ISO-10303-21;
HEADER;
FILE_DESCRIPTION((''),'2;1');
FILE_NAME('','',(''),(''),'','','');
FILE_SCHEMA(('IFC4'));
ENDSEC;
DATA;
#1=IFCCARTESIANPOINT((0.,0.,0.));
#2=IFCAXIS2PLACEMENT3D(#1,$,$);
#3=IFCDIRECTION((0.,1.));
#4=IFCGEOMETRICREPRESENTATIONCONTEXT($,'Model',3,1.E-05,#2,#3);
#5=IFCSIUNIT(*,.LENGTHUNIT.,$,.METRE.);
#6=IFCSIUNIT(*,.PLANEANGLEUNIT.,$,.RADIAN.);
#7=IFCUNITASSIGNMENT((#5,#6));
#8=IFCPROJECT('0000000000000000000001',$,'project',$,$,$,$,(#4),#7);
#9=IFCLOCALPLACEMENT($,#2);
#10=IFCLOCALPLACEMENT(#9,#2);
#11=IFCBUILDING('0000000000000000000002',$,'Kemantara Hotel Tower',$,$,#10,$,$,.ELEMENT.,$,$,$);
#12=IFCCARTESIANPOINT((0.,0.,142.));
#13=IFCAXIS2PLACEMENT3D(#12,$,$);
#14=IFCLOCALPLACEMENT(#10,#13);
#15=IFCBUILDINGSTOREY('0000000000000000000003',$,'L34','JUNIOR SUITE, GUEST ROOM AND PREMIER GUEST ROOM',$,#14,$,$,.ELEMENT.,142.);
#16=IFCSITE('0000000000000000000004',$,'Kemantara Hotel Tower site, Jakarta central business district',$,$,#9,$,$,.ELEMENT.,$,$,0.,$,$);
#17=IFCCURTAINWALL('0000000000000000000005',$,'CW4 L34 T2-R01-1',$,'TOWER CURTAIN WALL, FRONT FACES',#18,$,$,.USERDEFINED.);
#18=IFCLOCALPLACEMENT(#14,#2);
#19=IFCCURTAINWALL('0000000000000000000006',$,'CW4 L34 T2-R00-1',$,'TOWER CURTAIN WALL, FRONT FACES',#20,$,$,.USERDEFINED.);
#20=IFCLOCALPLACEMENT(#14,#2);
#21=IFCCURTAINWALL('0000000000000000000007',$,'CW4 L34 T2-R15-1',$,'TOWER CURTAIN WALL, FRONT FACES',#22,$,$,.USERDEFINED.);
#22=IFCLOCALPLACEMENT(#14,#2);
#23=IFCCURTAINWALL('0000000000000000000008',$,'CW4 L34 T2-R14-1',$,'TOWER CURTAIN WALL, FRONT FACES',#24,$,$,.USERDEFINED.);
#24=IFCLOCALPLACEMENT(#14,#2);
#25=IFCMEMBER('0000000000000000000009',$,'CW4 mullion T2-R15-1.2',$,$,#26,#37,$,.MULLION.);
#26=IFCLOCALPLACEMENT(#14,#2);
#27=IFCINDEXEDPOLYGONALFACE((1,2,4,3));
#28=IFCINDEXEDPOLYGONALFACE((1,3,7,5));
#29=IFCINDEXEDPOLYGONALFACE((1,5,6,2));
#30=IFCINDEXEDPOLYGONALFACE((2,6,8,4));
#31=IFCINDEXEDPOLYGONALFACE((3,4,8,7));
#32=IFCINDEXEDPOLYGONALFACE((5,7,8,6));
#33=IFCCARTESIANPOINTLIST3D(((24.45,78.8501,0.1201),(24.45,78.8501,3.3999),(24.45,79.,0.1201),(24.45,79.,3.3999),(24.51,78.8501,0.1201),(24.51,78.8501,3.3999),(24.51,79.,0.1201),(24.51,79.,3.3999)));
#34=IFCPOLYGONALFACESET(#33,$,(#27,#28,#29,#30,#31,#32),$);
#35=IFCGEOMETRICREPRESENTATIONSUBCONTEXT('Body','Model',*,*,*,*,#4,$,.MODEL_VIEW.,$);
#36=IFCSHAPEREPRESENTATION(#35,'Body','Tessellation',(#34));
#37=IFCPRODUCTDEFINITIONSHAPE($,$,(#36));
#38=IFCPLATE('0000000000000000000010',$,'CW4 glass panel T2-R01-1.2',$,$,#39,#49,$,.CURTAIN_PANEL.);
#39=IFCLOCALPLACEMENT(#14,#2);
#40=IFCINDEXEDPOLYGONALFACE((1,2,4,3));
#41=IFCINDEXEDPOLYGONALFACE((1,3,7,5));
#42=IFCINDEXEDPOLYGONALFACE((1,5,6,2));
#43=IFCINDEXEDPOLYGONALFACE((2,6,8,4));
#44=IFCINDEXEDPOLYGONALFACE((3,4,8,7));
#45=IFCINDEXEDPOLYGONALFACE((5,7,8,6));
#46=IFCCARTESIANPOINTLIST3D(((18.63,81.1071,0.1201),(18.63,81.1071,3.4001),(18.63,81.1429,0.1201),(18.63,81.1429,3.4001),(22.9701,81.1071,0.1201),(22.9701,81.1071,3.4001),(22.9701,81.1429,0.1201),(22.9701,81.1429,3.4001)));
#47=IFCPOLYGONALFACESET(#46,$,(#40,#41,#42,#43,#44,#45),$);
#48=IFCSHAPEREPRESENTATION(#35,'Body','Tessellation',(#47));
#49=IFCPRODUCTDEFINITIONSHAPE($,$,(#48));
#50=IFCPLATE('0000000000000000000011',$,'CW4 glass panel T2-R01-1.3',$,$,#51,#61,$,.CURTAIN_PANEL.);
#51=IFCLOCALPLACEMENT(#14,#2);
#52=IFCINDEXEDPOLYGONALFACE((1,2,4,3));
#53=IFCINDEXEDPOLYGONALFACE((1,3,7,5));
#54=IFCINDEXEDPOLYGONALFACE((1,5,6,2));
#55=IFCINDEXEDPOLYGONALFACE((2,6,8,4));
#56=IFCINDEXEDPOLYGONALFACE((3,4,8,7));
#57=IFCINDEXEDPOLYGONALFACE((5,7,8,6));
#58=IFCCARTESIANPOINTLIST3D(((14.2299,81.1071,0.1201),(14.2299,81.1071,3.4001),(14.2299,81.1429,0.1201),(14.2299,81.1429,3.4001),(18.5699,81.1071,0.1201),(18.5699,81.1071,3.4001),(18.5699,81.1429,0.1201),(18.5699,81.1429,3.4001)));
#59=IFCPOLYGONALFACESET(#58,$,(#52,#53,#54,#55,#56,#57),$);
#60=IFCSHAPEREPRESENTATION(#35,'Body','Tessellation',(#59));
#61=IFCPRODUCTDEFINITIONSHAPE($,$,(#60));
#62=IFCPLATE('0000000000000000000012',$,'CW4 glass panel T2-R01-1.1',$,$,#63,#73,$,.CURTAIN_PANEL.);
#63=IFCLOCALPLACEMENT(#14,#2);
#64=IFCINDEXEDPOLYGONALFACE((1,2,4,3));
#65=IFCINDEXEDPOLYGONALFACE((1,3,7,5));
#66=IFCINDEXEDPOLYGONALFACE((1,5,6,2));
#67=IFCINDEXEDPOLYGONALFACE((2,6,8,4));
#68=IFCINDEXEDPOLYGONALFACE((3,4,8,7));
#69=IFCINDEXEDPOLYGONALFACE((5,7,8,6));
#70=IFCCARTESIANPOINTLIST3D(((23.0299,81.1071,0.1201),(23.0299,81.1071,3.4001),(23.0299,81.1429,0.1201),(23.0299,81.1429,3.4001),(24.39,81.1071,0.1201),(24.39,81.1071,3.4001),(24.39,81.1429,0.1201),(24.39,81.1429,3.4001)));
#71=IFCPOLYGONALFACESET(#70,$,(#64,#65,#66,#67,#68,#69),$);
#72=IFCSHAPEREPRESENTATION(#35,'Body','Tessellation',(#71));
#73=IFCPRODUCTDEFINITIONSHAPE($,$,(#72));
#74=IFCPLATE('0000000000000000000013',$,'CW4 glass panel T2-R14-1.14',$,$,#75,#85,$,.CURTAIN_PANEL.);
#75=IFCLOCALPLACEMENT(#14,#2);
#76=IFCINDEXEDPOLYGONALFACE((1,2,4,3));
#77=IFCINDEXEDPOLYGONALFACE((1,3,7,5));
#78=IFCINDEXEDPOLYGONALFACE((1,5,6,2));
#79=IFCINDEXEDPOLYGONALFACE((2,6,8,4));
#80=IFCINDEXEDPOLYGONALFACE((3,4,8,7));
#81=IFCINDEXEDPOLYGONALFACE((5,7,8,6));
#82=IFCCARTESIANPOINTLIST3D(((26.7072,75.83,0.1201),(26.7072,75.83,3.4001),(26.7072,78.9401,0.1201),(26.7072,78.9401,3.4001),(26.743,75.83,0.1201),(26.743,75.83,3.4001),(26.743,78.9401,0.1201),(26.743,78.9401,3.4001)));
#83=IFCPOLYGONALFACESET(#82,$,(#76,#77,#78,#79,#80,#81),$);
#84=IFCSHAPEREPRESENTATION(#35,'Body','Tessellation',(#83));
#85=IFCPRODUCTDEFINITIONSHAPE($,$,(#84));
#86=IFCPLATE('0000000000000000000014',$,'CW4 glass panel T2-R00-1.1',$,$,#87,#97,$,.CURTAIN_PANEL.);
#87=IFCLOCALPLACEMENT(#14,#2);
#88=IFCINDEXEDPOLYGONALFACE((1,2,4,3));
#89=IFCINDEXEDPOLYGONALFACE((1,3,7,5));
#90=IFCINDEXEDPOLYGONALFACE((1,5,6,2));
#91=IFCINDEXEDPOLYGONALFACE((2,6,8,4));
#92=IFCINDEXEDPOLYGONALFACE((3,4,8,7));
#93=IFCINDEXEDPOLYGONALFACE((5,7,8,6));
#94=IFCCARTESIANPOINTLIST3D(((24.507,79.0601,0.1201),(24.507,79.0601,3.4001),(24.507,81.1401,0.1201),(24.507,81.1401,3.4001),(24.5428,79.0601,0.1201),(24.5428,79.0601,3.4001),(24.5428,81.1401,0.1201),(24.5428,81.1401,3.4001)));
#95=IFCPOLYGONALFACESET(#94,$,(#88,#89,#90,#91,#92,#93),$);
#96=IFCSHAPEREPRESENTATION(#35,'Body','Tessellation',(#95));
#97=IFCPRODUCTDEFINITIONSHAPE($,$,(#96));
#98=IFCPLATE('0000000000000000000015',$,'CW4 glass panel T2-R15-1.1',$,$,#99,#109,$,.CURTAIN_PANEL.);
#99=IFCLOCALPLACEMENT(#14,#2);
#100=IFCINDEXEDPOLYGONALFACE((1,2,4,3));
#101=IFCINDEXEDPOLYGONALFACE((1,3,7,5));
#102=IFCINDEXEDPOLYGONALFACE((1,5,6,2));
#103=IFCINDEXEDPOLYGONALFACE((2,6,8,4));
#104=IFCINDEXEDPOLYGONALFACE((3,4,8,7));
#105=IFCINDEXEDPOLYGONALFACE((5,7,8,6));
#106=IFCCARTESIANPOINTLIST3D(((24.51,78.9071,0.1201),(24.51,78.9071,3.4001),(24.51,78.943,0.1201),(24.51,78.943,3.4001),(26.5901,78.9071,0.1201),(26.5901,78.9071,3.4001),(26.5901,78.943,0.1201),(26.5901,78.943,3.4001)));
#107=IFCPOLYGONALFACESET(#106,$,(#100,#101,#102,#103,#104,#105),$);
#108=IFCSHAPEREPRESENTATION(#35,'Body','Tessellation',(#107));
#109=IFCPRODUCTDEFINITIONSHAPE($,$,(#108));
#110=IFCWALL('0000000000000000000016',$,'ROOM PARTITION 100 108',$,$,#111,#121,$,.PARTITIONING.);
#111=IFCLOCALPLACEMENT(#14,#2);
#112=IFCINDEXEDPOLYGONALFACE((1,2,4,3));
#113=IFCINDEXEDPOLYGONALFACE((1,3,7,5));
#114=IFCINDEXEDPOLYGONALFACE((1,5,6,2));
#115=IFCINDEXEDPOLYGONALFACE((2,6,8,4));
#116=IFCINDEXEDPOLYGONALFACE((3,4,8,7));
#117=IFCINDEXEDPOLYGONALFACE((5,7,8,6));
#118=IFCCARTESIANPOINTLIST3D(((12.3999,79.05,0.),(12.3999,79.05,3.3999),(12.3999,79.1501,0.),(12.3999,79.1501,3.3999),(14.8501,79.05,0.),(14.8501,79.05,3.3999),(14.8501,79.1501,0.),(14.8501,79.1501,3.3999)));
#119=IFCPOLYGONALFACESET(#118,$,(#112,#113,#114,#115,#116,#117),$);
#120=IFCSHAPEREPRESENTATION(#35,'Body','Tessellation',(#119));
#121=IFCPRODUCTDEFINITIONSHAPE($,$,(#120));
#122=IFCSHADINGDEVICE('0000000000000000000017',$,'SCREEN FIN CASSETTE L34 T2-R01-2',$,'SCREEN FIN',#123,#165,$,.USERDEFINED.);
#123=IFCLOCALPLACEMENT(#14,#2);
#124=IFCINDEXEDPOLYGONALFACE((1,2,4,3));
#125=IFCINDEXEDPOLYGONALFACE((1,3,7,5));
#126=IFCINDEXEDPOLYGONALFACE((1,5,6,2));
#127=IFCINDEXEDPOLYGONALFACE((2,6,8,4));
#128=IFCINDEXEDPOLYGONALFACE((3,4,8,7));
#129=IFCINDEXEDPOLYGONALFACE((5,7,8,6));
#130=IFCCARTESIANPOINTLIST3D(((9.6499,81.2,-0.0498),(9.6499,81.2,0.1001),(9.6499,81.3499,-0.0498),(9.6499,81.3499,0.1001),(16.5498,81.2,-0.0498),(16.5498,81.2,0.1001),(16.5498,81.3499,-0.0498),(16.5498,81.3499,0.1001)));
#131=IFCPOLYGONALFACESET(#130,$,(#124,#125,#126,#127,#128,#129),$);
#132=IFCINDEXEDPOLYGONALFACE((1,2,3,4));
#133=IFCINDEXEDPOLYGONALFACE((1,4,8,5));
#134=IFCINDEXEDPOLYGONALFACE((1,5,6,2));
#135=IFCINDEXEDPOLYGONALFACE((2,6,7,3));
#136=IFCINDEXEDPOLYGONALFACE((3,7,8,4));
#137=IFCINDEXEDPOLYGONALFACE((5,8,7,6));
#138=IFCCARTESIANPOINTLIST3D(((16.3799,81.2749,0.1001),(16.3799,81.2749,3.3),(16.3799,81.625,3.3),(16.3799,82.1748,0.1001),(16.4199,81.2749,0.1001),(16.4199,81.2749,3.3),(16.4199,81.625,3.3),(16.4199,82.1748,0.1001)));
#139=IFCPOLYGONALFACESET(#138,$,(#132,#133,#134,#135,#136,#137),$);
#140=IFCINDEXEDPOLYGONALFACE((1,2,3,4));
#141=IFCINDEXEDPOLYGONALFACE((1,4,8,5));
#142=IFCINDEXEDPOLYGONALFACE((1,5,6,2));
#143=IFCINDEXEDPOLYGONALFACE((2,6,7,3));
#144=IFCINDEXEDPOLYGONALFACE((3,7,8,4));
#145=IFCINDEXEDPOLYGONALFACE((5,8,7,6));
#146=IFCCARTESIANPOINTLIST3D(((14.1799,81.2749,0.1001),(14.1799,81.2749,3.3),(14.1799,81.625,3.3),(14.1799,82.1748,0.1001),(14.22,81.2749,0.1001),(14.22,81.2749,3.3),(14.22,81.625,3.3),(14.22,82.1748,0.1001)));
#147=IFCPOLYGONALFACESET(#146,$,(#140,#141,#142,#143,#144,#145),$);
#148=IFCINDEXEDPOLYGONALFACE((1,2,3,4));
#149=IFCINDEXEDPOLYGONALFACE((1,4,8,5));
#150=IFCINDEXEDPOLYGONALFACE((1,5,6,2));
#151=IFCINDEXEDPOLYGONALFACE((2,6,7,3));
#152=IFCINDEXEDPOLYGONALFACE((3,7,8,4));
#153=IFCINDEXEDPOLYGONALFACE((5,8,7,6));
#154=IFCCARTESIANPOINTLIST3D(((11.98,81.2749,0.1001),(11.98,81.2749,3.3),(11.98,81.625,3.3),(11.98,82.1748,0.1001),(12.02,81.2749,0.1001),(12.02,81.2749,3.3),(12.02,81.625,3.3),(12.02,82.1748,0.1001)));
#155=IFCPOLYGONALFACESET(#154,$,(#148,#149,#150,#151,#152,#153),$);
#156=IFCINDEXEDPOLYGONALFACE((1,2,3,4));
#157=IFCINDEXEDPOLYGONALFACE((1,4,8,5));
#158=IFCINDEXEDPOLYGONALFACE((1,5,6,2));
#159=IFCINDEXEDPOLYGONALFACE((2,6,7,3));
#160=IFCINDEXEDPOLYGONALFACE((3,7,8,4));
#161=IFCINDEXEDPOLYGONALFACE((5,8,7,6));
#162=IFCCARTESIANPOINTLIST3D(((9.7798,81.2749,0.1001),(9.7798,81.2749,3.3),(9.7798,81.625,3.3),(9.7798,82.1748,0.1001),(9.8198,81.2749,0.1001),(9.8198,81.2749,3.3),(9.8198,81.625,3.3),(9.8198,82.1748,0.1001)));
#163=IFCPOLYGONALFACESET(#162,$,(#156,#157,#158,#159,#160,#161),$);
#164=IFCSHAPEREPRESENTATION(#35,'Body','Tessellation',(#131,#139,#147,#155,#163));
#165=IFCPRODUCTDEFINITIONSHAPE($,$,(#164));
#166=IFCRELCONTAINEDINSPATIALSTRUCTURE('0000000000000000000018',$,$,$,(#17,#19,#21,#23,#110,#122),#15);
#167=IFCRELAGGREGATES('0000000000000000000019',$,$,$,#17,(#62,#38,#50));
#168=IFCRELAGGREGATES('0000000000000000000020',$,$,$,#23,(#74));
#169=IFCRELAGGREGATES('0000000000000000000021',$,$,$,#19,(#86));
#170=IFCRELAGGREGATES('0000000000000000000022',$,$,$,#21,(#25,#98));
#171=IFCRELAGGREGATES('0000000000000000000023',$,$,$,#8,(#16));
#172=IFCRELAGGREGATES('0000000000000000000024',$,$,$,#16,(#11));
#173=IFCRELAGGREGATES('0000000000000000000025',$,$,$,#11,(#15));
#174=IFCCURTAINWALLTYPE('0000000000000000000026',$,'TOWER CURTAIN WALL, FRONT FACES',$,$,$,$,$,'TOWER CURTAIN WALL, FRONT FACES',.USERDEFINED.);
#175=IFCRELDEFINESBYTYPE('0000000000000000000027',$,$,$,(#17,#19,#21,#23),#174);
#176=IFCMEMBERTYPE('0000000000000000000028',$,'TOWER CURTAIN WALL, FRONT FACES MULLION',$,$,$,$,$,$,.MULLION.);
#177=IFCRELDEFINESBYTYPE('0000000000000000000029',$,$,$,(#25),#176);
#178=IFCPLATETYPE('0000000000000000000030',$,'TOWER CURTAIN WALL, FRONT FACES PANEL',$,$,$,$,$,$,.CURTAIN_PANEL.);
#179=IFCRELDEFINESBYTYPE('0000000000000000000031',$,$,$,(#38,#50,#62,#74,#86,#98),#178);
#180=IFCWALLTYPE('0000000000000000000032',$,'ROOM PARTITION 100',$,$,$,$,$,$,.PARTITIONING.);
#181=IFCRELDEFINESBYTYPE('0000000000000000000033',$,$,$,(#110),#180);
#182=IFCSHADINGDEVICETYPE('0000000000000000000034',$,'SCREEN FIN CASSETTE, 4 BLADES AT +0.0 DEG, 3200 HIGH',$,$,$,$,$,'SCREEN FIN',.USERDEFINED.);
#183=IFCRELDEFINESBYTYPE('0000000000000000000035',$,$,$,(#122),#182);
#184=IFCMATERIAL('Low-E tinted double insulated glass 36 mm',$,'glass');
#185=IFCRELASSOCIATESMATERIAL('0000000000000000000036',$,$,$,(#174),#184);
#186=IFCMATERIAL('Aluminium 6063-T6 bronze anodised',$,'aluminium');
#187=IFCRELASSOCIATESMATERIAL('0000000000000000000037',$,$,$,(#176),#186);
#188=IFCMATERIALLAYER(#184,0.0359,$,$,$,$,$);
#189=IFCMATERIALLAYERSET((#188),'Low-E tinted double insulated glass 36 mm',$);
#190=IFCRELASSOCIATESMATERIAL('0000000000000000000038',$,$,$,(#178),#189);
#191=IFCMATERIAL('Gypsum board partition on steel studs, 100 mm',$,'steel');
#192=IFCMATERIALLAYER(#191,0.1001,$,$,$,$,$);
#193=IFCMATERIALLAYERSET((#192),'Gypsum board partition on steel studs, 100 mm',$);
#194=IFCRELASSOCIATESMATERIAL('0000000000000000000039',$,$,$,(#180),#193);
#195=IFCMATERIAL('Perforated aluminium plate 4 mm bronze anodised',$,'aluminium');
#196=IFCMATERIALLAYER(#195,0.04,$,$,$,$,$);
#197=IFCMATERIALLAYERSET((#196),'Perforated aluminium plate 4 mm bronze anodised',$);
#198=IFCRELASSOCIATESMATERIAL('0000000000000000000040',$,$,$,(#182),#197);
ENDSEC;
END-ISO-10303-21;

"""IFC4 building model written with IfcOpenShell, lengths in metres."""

from ifc_helpers import new_model, si_unit, direction, frame, frame_2d, origin, origin_2d, place, context, subcontext, project, spatial, polyline, rectangle, outline, extrude, source, transform, mapped, material, layer, layer_set, material_profile, profile_set, type_object, element, aggregate, save


model = new_model("IFC4")

# Units and contexts
model_context = context("Model", 3, precision=1e-05, world=origin(), true_north=direction((0.0, 1.0)))
body_context = subcontext(model_context, "Body", "Model", "MODEL_VIEW")
ifc_project = project(units=[si_unit("LENGTHUNIT", "METRE"), si_unit("PLANEANGLEUNIT", "RADIAN")], contexts=[model_context])

# Site, building, storey
site_placement = place(None, origin())
site = spatial("IfcSite", under=ifc_project, at=site_placement, Name="Kemantara Hotel Tower site, Jakarta central business district", CompositionType="ELEMENT", RefElevation=0.0)
building_placement = place(site_placement, origin())
building = spatial("IfcBuilding", under=site, at=building_placement, Name="Kemantara Hotel Tower", CompositionType="ELEMENT")
storey_placement = place(building_placement, frame((0.0, 0.0, 142.0)))
storey = spatial("IfcBuildingStorey", under=building, at=storey_placement, Name="L34", Description="JUNIOR SUITE, GUEST ROOM AND PREMIER GUEST ROOM", CompositionType="ELEMENT", Elevation=142.0)

# Curtain walls
ifc_material_1 = material(Name="Low-E tinted double insulated glass 36 mm", Category="glass")
curtain_wall_type = type_object("IfcCurtainWallType", Name="TOWER CURTAIN WALL, FRONT FACES", ElementType="TOWER CURTAIN WALL, FRONT FACES", PredefinedType="USERDEFINED", material=ifc_material_1)
curtain_wall_1_placement = place(storey_placement, origin())
curtain_wall_1 = element("IfcCurtainWall", 1, at=curtain_wall_1_placement, inside=storey, type_object=curtain_wall_type, Name="CW4 L34 T2-R01-1", ObjectType="TOWER CURTAIN WALL, FRONT FACES", PredefinedType="USERDEFINED")
ifc_material_2 = material(Name="Aluminium 6063-T6 bronze anodised", Category="aluminium")
curtain_wall_2_placement = place(storey_placement, origin())
curtain_wall_2 = element("IfcCurtainWall", 2, at=curtain_wall_2_placement, inside=storey, type_object=curtain_wall_type, Name="CW4 L34 T2-R00-1", ObjectType="TOWER CURTAIN WALL, FRONT FACES", PredefinedType="USERDEFINED")
curtain_wall_3_placement = place(storey_placement, origin())
curtain_wall_3 = element("IfcCurtainWall", 3, at=curtain_wall_3_placement, inside=storey, type_object=curtain_wall_type, Name="CW4 L34 T2-R15-1", ObjectType="TOWER CURTAIN WALL, FRONT FACES", PredefinedType="USERDEFINED")

# Shared definitions
ifc_material_profile_1 = material_profile(ifc_material_2, rectangle(XDim=0.1499, YDim=0.0601, at=origin_2d()), Name="TOWER CURTAIN WALL, FRONT FACES MULLION")
ifc_profile_set_1 = profile_set([ifc_material_profile_1], Name="Aluminium 6063-T6 bronze anodised")
member_type_1 = type_object("IfcMemberType", Name="TOWER CURTAIN WALL, FRONT FACES MULLION", PredefinedType="MULLION", material=ifc_profile_set_1)
shared_shape_1 = source(origin(), body_context, "Body", "SweptSolid", [
    extrude(rectangle(XDim=0.1499, YDim=0.0601, at=origin_2d()), origin(), (0.0, 0.0, 1.0), 3.2798),
])

# Curtain wall
curtain_wall_4_placement = place(storey_placement, origin())
curtain_wall_4 = element("IfcCurtainWall", 4, at=curtain_wall_4_placement, inside=storey, type_object=curtain_wall_type, Name="CW4 L34 T2-R14-1", ObjectType="TOWER CURTAIN WALL, FRONT FACES", PredefinedType="USERDEFINED")

# Member
member_1_placement = place(storey_placement, frame((24.48, 78.925, 0.1201), z_axis=(0.0, 0.0, 1.0), x_axis=(0.0, -1.0, 0.0)))
member_1 = element("IfcMember", 5, at=member_1_placement, type_object=member_type_1, Name="CW4 mullion T2-R15-1.2", PredefinedType="MULLION", context=body_context, shape_type="MappedRepresentation", body=[
    mapped(shared_shape_1, transform((0.0, 0.0, 0.0))),
])

# Plates
ifc_layer_1 = layer(ifc_material_1, 0.0359)
ifc_layer_set_1 = layer_set([ifc_layer_1], Name="Low-E tinted double insulated glass 36 mm")
plate_type = type_object("IfcPlateType", Name="TOWER CURTAIN WALL, FRONT FACES PANEL", PredefinedType="CURTAIN_PANEL", material=ifc_layer_set_1)
shared_shape_2 = source(origin(), body_context, "Body", "SweptSolid", [
    extrude(rectangle(XDim=4.3401, YDim=0.0359, at=origin_2d()), origin(), (0.0, 0.0, 1.0), 3.28),
])
plate_1_placement = place(storey_placement, frame((20.8, 81.125, 0.1201), z_axis=(0.0, 0.0, 1.0), x_axis=(-1.0, 0.0, 0.0)))
plate_1 = element("IfcPlate", 6, at=plate_1_placement, type_object=plate_type, Name="CW4 glass panel T2-R01-1.2", PredefinedType="CURTAIN_PANEL", context=body_context, shape_type="MappedRepresentation", body=[
    mapped(shared_shape_2, transform((0.0, 0.0, 0.0))),
])
plate_2_placement = place(storey_placement, frame((16.3999, 81.125, 0.1201), z_axis=(0.0, 0.0, 1.0), x_axis=(-1.0, 0.0, 0.0)))
plate_2 = element("IfcPlate", 7, at=plate_2_placement, type_object=plate_type, Name="CW4 glass panel T2-R01-1.3", PredefinedType="CURTAIN_PANEL", context=body_context, shape_type="MappedRepresentation", body=[
    mapped(shared_shape_2, transform((0.0, 0.0, 0.0))),
])
shared_shape_3 = source(origin(), body_context, "Body", "SweptSolid", [
    extrude(rectangle(XDim=1.3601, YDim=0.0359, at=origin_2d()), origin(), (0.0, 0.0, 1.0), 3.28),
])
plate_3_placement = place(storey_placement, frame((23.71, 81.125, 0.1201), z_axis=(0.0, 0.0, 1.0), x_axis=(-1.0, 0.0, 0.0)))
plate_3 = element("IfcPlate", 8, at=plate_3_placement, type_object=plate_type, Name="CW4 glass panel T2-R01-1.1", PredefinedType="CURTAIN_PANEL", context=body_context, shape_type="MappedRepresentation", body=[
    mapped(shared_shape_3, transform((0.0, 0.0, 0.0))),
])
aggregate(curtain_wall_1, [plate_3, plate_1, plate_2])
shared_shape_4 = source(origin(), body_context, "Body", "SweptSolid", [
    extrude(rectangle(XDim=3.1101, YDim=0.0359, at=origin_2d()), origin(), (0.0, 0.0, 1.0), 3.28),
])
plate_4_placement = place(storey_placement, frame((26.7251, 77.385, 0.1201), z_axis=(0.0, 0.0, 1.0), x_axis=(0.0, 1.0, 0.0)))
plate_4 = element("IfcPlate", 9, at=plate_4_placement, type_object=plate_type, Name="CW4 glass panel T2-R14-1.14", PredefinedType="CURTAIN_PANEL", context=body_context, shape_type="MappedRepresentation", body=[
    mapped(shared_shape_4, transform((0.0, 0.0, 0.0))),
])
aggregate(curtain_wall_4, [plate_4])
shared_shape_5 = source(origin(), body_context, "Body", "SweptSolid", [
    extrude(rectangle(XDim=2.0801, YDim=0.0359, at=origin_2d()), origin(), (0.0, 0.0, 1.0), 3.28),
])
plate_5_placement = place(storey_placement, frame((24.5249, 80.1001, 0.1201), z_axis=(0.0, 0.0, 1.0), x_axis=(0.0, 1.0, 0.0)))
plate_5 = element("IfcPlate", 10, at=plate_5_placement, type_object=plate_type, Name="CW4 glass panel T2-R00-1.1", PredefinedType="CURTAIN_PANEL", context=body_context, shape_type="MappedRepresentation", body=[
    mapped(shared_shape_5, transform((0.0, 0.0, 0.0))),
])
aggregate(curtain_wall_2, [plate_5])
plate_6_placement = place(storey_placement, frame((25.55, 78.925, 0.1201), z_axis=(0.0, 0.0, 1.0), x_axis=(-1.0, 0.0, 0.0)))
plate_6 = element("IfcPlate", 11, at=plate_6_placement, type_object=plate_type, Name="CW4 glass panel T2-R15-1.1", PredefinedType="CURTAIN_PANEL", context=body_context, shape_type="MappedRepresentation", body=[
    mapped(shared_shape_5, transform((0.0, 0.0, 0.0))),
])
aggregate(curtain_wall_3, [member_1, plate_6])

# Wall
ifc_material_3 = material(Name="Gypsum board partition on steel studs, 100 mm", Category="steel")
ifc_layer_2 = layer(ifc_material_3, 0.1001)
ifc_layer_set_2 = layer_set([ifc_layer_2], Name="Gypsum board partition on steel studs, 100 mm")
wall_type = type_object("IfcWallType", Name="ROOM PARTITION 100", PredefinedType="PARTITIONING", material=ifc_layer_set_2)
wall_placement = place(storey_placement, frame((12.3999, 79.1001, 0.0), z_axis=(0.0, 0.0, 1.0), x_axis=(1.0, 0.0, 0.0)))
element("IfcWall", 12, at=wall_placement, inside=storey, type_object=wall_type, Name="ROOM PARTITION 100 108", PredefinedType="PARTITIONING", context=body_context, shape_type="SweptSolid", body=[
    extrude(rectangle(XDim=2.4502, YDim=0.1001, at=frame_2d((1.2251, 0.0))), origin(), (0.0, 0.0, 1.0), 3.3999),
])

# Shading device
ifc_material_4 = material(Name="Perforated aluminium plate 4 mm bronze anodised", Category="aluminium")
ifc_layer_3 = layer(ifc_material_4, 0.04)
ifc_layer_set_3 = layer_set([ifc_layer_3], Name="Perforated aluminium plate 4 mm bronze anodised")
shading_device_type_1 = type_object("IfcShadingDeviceType", Name="SCREEN FIN CASSETTE, 4 BLADES AT +0.0 DEG, 3200 HIGH", ElementType="SCREEN FIN", PredefinedType="USERDEFINED", material=ifc_layer_set_3)
shared_shape_6 = source(origin(), body_context, "Body", "SweptSolid", [
    extrude(rectangle(XDim=6.8999, YDim=0.1499, at=origin_2d()), frame((3.3, -0.075, -0.1499), z_axis=(0.0, 0.0, 1.0), x_axis=(1.0, 0.0, 0.0)), (0.0, 0.0, 1.0), 0.1499),
    extrude(outline(polyline([(0.0, 0.0), (0.8999, 0.0), (0.3501, 3.2), (0.0, 3.2), (0.0, 0.0)])), frame((0.02, -0.075, 0.0), z_axis=(-1.0, 0.0, 0.0), x_axis=(0.0, -1.0, 0.0)), (0.0, 0.0, 1.0), 0.04),
    extrude(outline(polyline([(0.0, 0.0), (0.8999, 0.0), (0.3501, 3.2), (0.0, 3.2), (0.0, 0.0)])), frame((2.22, -0.075, 0.0), z_axis=(-1.0, 0.0, 0.0), x_axis=(0.0, -1.0, 0.0)), (0.0, 0.0, 1.0), 0.04),
    extrude(outline(polyline([(0.0, 0.0), (0.8999, 0.0), (0.3501, 3.2), (0.0, 3.2), (0.0, 0.0)])), frame((4.4199, -0.075, 0.0), z_axis=(-1.0, 0.0, 0.0), x_axis=(0.0, -1.0, 0.0)), (0.0, 0.0, 1.0), 0.04),
    extrude(outline(polyline([(0.0, 0.0), (0.8999, 0.0), (0.3501, 3.2), (0.0, 3.2), (0.0, 0.0)])), frame((6.6201, -0.075, 0.0), z_axis=(-1.0, 0.0, 0.0), x_axis=(0.0, -1.0, 0.0)), (0.0, 0.0, 1.0), 0.04),
])
shading_device_1_placement = place(storey_placement, frame((16.3999, 81.2, 0.1001), z_axis=(0.0, 0.0, 1.0), x_axis=(-1.0, 0.0, 0.0)))
element("IfcShadingDevice", 13, at=shading_device_1_placement, inside=storey, type_object=shading_device_type_1, Name="SCREEN FIN CASSETTE L34 T2-R01-2", ObjectType="SCREEN FIN", PredefinedType="USERDEFINED", context=body_context, shape_type="MappedRepresentation", body=[
    mapped(shared_shape_6, transform((0.0, 0.0, 0.0))),
])

save(model, "model.ifc")
